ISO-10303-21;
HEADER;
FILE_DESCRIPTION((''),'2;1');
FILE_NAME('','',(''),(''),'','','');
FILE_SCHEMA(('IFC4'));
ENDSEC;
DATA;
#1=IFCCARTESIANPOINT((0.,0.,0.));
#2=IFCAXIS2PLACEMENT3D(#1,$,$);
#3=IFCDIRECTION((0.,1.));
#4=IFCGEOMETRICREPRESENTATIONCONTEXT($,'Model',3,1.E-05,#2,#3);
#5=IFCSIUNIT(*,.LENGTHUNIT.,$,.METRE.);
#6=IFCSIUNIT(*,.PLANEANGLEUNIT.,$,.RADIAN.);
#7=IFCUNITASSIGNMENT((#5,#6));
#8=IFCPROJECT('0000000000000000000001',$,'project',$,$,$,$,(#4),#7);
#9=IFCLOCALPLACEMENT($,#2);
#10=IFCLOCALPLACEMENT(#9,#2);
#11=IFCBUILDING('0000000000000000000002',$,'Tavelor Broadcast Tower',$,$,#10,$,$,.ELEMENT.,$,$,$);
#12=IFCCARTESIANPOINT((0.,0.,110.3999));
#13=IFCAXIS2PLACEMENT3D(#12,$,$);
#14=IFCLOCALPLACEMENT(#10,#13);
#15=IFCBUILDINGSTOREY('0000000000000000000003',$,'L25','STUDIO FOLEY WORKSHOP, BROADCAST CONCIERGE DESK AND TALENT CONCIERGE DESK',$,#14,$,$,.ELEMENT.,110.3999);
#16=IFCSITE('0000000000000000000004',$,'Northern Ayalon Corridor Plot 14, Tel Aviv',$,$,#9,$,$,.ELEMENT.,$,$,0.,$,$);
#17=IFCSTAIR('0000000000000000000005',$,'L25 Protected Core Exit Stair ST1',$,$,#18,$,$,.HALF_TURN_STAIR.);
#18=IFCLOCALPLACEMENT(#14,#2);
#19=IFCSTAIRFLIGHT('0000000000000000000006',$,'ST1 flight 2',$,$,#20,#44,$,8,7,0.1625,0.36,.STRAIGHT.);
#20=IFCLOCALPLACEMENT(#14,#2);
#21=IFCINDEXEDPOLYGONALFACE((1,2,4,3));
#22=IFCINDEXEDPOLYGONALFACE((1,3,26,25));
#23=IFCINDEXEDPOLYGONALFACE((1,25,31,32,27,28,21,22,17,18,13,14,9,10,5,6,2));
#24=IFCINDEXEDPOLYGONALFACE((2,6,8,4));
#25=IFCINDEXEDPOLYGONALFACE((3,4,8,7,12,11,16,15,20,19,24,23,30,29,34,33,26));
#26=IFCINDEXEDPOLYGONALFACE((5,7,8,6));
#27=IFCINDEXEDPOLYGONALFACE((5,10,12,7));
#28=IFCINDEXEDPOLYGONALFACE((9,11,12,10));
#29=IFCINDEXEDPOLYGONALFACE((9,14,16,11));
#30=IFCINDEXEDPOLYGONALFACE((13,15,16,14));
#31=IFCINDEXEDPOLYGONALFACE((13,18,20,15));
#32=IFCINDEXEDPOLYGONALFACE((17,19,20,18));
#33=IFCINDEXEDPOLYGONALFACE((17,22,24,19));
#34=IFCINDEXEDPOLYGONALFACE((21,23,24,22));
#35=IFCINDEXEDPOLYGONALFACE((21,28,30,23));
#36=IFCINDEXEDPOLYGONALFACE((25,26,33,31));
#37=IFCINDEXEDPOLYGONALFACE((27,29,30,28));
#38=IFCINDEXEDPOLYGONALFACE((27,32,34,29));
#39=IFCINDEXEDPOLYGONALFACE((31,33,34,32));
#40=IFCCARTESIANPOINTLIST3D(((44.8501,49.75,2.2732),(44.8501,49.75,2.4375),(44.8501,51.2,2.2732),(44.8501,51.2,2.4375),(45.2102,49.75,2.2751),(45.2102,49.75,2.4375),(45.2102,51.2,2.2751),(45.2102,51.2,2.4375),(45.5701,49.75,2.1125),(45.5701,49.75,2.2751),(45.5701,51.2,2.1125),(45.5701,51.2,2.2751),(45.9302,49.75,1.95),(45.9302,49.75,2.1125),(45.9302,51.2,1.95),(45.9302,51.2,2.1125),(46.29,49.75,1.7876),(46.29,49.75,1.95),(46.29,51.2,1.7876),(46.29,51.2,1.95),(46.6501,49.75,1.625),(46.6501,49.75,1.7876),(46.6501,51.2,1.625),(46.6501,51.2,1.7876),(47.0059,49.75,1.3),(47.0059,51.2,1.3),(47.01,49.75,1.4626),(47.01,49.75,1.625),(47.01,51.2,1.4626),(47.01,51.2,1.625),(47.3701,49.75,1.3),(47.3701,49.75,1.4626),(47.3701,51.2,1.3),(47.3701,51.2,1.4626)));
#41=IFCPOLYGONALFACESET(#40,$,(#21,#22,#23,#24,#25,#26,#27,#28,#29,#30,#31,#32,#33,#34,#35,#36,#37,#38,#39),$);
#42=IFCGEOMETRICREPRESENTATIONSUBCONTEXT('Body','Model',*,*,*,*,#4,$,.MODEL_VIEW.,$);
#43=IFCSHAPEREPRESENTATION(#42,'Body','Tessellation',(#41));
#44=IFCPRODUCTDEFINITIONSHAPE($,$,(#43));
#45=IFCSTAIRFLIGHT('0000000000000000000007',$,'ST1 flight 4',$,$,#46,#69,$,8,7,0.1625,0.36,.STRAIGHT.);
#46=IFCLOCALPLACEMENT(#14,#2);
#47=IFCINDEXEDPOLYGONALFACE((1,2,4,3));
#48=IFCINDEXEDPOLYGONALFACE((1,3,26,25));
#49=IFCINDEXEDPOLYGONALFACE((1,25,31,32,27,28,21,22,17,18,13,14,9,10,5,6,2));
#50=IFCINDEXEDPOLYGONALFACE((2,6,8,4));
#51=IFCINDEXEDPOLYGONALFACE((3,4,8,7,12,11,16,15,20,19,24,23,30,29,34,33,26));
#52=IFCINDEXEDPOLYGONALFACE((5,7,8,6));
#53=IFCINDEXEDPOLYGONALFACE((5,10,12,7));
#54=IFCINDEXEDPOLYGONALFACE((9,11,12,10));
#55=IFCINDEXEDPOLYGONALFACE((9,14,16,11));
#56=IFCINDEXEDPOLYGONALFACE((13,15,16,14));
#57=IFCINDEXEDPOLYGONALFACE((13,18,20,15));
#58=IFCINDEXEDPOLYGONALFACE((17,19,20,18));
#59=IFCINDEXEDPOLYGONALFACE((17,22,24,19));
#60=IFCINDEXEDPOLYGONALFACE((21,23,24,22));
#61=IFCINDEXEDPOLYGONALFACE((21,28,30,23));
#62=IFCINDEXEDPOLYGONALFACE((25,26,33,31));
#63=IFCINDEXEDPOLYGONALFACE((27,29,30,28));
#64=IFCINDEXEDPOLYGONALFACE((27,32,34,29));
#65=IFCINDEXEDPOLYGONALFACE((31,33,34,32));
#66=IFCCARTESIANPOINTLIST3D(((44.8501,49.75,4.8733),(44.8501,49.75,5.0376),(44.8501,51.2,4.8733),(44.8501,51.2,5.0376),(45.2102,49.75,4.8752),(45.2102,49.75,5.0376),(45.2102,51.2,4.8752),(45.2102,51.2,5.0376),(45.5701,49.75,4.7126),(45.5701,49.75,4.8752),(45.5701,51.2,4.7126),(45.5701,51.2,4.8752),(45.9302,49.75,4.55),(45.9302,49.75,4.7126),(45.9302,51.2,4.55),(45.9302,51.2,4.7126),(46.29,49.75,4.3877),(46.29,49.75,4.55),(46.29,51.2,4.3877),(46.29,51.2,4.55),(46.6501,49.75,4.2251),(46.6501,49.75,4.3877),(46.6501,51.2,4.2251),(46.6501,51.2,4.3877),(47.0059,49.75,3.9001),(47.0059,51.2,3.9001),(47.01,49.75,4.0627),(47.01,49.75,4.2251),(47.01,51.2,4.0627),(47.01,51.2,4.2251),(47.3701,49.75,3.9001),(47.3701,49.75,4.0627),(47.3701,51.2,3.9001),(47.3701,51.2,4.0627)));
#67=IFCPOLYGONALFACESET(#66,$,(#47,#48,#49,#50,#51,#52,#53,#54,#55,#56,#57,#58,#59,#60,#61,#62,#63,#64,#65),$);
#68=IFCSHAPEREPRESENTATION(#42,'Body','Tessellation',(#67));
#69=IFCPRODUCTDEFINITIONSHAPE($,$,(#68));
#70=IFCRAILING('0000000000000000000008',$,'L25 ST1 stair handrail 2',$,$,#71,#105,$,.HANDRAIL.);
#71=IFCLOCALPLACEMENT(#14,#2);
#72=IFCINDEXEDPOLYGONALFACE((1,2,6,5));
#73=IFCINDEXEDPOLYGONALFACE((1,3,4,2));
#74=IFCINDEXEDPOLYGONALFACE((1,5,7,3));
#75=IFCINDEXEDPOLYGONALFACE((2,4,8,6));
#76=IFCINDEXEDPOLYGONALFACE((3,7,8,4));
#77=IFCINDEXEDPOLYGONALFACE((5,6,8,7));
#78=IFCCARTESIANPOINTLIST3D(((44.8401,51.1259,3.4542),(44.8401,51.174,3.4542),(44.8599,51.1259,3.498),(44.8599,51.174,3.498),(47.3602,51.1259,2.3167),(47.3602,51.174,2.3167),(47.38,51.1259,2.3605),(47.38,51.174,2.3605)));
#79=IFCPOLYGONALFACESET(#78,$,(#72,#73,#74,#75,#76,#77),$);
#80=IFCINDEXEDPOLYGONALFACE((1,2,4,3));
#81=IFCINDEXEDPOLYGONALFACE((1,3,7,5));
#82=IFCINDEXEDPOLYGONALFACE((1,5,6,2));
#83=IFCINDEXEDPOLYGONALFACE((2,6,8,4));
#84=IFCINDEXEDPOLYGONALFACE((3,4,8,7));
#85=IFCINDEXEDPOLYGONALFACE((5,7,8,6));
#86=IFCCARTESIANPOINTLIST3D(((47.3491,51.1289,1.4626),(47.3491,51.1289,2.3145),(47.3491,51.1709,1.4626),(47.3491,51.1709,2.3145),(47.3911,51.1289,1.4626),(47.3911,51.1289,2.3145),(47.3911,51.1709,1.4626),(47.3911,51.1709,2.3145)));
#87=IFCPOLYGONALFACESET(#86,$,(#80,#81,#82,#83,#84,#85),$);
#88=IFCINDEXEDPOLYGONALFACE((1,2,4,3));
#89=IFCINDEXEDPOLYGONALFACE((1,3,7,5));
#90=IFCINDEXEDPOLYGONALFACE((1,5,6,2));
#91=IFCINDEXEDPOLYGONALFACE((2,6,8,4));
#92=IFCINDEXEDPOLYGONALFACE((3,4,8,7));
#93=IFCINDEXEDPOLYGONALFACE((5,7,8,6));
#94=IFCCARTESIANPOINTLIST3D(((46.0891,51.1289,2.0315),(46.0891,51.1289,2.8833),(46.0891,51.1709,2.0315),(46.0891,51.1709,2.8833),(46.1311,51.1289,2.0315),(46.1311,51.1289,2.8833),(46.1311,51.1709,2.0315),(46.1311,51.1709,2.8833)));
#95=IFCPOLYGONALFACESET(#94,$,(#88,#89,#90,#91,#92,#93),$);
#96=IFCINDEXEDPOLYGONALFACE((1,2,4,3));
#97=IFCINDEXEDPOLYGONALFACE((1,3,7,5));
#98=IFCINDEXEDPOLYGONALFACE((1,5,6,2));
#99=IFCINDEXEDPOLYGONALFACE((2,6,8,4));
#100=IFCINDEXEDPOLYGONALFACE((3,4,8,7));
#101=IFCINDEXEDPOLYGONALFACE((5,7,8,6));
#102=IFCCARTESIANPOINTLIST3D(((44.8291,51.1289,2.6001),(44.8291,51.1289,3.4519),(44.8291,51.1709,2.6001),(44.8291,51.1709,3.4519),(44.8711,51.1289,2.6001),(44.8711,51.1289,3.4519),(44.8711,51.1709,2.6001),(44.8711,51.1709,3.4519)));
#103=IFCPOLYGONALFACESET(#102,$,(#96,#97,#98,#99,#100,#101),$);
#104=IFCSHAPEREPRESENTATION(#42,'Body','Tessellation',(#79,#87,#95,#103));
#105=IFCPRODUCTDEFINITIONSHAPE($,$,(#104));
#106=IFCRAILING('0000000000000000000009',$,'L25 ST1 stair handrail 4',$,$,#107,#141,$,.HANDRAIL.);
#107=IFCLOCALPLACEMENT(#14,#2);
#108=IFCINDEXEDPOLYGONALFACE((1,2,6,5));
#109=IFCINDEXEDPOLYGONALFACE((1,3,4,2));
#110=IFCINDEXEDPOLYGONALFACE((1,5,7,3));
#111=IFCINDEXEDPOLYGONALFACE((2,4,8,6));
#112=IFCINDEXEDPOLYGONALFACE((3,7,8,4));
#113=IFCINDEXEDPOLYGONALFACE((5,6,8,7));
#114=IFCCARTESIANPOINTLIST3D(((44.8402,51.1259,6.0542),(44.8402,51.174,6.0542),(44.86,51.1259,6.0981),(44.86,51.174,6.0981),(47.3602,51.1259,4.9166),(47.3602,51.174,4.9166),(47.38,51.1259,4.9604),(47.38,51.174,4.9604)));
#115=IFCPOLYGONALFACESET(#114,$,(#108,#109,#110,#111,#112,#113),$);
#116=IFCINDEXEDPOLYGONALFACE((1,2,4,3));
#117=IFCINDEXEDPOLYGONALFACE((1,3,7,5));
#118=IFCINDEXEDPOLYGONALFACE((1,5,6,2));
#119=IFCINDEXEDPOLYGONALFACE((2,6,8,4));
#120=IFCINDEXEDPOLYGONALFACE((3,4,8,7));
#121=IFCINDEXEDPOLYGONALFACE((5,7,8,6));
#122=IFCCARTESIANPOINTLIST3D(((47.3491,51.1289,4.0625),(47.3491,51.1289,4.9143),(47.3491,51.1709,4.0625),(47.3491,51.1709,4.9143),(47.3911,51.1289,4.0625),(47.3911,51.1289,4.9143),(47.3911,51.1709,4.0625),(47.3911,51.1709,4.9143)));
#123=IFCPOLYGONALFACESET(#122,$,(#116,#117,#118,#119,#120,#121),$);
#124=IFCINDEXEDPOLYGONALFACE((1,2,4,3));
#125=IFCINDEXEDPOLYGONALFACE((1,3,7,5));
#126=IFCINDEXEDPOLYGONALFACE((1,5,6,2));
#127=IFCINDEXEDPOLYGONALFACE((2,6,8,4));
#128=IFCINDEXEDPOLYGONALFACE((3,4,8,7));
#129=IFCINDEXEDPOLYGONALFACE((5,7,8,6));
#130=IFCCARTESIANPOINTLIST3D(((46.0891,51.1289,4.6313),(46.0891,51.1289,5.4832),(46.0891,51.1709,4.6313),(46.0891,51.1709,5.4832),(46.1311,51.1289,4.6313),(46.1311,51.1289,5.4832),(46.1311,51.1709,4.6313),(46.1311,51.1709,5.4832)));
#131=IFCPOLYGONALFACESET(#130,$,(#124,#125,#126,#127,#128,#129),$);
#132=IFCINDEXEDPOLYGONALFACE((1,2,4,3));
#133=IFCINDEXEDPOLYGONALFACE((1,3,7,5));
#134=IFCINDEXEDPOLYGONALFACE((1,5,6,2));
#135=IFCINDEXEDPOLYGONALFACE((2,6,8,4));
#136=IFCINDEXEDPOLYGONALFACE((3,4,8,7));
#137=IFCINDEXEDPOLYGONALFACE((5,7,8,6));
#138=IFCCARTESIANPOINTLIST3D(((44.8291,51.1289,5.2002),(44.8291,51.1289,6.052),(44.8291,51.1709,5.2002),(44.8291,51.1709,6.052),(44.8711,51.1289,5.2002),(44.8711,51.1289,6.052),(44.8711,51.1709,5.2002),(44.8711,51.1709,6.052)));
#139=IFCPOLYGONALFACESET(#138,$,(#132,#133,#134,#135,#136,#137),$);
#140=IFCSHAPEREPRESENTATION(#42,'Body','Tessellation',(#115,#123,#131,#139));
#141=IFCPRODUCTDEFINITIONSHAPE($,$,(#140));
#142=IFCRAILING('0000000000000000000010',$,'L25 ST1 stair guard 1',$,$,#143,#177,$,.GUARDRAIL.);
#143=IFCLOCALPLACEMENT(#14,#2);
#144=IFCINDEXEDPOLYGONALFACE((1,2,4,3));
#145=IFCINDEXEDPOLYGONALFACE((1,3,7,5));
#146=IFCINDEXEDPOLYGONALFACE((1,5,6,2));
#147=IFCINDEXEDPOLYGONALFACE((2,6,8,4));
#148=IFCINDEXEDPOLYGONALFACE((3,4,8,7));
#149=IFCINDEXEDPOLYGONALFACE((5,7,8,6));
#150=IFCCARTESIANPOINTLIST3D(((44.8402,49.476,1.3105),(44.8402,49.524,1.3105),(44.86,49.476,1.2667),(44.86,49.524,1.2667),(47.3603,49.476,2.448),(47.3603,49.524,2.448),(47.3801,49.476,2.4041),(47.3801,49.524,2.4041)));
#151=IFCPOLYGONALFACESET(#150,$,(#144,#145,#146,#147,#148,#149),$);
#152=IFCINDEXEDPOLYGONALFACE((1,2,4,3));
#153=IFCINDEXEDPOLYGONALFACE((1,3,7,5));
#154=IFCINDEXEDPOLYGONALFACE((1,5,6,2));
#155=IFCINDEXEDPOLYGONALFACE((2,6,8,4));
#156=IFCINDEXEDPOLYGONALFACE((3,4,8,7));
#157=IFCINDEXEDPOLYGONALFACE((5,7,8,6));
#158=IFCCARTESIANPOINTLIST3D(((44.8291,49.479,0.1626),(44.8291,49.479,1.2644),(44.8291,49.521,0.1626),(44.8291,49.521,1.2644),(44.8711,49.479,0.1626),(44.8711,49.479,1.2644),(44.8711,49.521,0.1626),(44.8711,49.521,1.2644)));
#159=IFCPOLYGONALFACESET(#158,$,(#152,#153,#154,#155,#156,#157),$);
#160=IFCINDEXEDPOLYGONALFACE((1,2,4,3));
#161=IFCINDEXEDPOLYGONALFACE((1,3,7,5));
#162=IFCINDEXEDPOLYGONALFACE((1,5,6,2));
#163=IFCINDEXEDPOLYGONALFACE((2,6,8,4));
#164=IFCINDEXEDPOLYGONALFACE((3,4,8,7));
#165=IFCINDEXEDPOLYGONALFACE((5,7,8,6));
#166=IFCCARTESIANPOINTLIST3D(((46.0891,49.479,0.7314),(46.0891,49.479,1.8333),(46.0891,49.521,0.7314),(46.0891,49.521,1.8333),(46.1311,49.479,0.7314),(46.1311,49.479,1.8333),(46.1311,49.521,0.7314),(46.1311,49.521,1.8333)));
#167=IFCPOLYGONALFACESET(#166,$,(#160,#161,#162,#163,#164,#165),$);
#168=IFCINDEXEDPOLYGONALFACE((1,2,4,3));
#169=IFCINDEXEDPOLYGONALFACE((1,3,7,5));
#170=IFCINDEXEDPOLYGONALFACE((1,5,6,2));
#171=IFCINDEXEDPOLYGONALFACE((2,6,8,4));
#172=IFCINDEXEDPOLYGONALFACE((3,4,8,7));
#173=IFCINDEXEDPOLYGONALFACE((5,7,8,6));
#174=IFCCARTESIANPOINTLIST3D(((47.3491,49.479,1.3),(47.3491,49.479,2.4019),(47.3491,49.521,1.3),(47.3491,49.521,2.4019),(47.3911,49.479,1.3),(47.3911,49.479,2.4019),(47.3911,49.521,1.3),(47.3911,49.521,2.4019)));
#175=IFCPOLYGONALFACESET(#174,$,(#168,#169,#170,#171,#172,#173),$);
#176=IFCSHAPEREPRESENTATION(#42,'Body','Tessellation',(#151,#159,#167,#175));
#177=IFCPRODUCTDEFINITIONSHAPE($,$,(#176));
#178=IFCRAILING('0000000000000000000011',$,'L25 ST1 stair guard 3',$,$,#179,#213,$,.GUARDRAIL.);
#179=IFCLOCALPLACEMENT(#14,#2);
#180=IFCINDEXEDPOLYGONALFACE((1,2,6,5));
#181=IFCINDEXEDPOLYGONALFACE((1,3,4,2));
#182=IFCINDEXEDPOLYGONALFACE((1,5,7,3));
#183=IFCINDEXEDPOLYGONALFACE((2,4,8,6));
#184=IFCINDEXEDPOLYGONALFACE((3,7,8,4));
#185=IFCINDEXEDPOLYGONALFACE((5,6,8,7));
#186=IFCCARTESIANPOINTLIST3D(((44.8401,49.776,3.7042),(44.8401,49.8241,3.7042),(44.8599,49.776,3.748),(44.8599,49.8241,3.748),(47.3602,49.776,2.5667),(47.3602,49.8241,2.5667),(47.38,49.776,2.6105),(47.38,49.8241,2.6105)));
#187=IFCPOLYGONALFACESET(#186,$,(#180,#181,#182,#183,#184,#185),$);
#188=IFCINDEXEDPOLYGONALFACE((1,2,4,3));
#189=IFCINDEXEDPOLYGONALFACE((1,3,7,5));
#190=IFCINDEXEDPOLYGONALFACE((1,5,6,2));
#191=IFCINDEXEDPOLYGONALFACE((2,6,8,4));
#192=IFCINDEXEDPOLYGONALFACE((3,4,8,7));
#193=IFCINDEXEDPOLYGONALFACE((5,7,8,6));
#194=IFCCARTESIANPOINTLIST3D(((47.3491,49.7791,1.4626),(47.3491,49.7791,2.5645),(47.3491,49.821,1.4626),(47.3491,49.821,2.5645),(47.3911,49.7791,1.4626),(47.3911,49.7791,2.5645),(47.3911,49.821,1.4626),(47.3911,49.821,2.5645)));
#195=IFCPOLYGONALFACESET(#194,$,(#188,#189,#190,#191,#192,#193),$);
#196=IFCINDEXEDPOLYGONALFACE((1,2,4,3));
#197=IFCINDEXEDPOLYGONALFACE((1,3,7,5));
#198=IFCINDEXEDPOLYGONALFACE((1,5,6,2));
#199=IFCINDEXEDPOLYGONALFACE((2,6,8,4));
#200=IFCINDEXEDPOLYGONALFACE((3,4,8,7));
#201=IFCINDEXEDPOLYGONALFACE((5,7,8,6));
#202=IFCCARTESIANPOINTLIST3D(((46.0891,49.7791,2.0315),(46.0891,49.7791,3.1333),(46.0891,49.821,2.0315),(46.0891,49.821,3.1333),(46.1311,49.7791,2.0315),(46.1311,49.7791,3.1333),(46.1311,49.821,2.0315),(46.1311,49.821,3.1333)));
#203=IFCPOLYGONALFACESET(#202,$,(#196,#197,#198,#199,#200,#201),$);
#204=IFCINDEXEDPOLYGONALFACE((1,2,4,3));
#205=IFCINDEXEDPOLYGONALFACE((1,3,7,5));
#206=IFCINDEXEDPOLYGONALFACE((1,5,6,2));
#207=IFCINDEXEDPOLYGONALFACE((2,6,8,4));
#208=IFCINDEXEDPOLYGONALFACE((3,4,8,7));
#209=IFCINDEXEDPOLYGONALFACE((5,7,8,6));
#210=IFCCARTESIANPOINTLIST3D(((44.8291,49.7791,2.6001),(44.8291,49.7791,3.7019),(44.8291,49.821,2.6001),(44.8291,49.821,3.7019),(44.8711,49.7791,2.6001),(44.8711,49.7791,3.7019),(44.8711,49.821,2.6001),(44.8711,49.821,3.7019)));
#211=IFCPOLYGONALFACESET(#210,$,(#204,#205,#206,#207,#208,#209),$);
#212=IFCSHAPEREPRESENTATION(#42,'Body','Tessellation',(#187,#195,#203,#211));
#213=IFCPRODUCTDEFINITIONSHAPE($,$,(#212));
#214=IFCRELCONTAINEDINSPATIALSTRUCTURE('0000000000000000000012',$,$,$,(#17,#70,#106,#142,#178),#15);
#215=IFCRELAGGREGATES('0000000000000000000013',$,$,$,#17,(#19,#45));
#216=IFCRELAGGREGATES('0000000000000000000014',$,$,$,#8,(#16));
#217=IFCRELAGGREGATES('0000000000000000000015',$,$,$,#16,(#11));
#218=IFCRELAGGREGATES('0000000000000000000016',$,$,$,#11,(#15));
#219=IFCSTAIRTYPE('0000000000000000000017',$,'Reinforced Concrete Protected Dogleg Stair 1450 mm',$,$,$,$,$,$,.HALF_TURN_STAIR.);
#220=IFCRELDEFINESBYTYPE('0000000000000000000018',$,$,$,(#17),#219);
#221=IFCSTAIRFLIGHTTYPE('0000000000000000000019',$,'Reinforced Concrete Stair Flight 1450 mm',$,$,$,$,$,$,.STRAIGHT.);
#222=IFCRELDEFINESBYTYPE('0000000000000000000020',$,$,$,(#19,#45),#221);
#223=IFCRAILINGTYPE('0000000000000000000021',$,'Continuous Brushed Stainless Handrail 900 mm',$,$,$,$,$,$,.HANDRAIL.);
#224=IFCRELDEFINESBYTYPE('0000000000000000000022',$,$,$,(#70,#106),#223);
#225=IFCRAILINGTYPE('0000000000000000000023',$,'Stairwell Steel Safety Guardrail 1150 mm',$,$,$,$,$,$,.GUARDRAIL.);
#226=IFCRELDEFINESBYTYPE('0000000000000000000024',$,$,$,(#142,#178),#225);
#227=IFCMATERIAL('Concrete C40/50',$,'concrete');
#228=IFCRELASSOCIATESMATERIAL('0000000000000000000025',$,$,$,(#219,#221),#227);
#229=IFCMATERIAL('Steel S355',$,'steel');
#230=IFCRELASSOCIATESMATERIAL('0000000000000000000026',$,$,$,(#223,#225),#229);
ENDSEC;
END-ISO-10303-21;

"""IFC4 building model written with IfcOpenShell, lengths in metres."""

from ifc_helpers import new_model, si_unit, direction, frame, origin, origin_2d, place, context, subcontext, project, spatial, polyline, rectangle, outline, extrude, material, type_object, element, aggregate, save


model = new_model("IFC4")

# Units and contexts
model_context = context("Model", 3, precision=1e-05, world=origin(), true_north=direction((0.0, 1.0)))
body_context = subcontext(model_context, "Body", "Model", "MODEL_VIEW")
ifc_project = project(units=[si_unit("LENGTHUNIT", "METRE"), si_unit("PLANEANGLEUNIT", "RADIAN")], contexts=[model_context])

# Site, building, storey
site_placement = place(None, origin())
site = spatial("IfcSite", under=ifc_project, at=site_placement, Name="Northern Ayalon Corridor Plot 14, Tel Aviv", CompositionType="ELEMENT", RefElevation=0.0)
building_placement = place(site_placement, origin())
building = spatial("IfcBuilding", under=site, at=building_placement, Name="Tavelor Broadcast Tower", CompositionType="ELEMENT")
storey_placement = place(building_placement, frame((0.0, 0.0, 110.3999)))
storey = spatial("IfcBuildingStorey", under=building, at=storey_placement, Name="L25", Description="STUDIO FOLEY WORKSHOP, BROADCAST CONCIERGE DESK AND TALENT CONCIERGE DESK", CompositionType="ELEMENT", Elevation=110.3999)

# Shared definitions
ifc_material_1 = material(Name="Steel S355", Category="steel")

# Stair, stair flights
ifc_material_2 = material(Name="Concrete C40/50", Category="concrete")
stair_type = type_object("IfcStairType", Name="Reinforced Concrete Protected Dogleg Stair 1450 mm", PredefinedType="HALF_TURN_STAIR", material=ifc_material_2)
stair_placement = place(storey_placement, origin())
stair = element("IfcStair", 1, at=stair_placement, inside=storey, type_object=stair_type, Name="L25 Protected Core Exit Stair ST1", PredefinedType="HALF_TURN_STAIR")
stair_flight_type = type_object("IfcStairFlightType", Name="Reinforced Concrete Stair Flight 1450 mm", PredefinedType="STRAIGHT", material=ifc_material_2)
stair_flight_1_placement = place(storey_placement, frame((47.3701, 50.4751, 1.3), z_axis=(0.0, 0.0, 1.0), x_axis=(-1.0, 0.0, 0.0)))
stair_flight_1 = element("IfcStairFlight", 2, at=stair_flight_1_placement, type_object=stair_flight_type, Name="ST1 flight 2", NumberOfRisers=8, NumberOfTreads=7, PredefinedType="STRAIGHT", RiserHeight=0.1625, TreadLength=0.36, context=body_context, shape_type="SweptSolid", body=[
    extrude(outline(polyline([(0.0, 0.0), (0.0, 0.1626), (0.3601, 0.1626), (0.3601, 0.325), (0.72, 0.325), (0.72, 0.4875), (1.0801, 0.4875), (1.0801, 0.6499), (1.4399, 0.6499), (1.4399, 0.8125), (1.8, 0.8125), (1.8, 0.9751), (2.1599, 0.9751), (2.1599, 1.1375), (2.52, 1.1375), (2.52, 1.3), (2.52, 0.9731), (0.3643, 0.0), (0.0, 0.0)])), frame((0.0, 0.7251, 0.0), z_axis=(0.0, -1.0, 0.0), x_axis=(1.0, 0.0, 0.0)), (0.0, 0.0, 1.0), 1.45),
])
stair_flight_2_placement = place(storey_placement, frame((47.3701, 50.4751, 3.9001), z_axis=(0.0, 0.0, 1.0), x_axis=(-1.0, 0.0, 0.0)))
stair_flight_2 = element("IfcStairFlight", 3, at=stair_flight_2_placement, type_object=stair_flight_type, Name="ST1 flight 4", NumberOfRisers=8, NumberOfTreads=7, PredefinedType="STRAIGHT", RiserHeight=0.1625, TreadLength=0.36, context=body_context, shape_type="SweptSolid", body=[
    extrude(outline(polyline([(0.0, 0.0), (0.0, 0.1626), (0.3601, 0.1626), (0.3601, 0.325), (0.72, 0.325), (0.72, 0.4875), (1.0801, 0.4875), (1.0801, 0.6499), (1.4399, 0.6499), (1.4399, 0.8125), (1.8, 0.8125), (1.8, 0.9751), (2.1599, 0.9751), (2.1599, 1.1375), (2.52, 1.1375), (2.52, 1.3), (2.52, 0.9731), (0.3643, 0.0), (0.0, 0.0)])), frame((0.0, 0.7251, 0.0), z_axis=(0.0, -1.0, 0.0), x_axis=(1.0, 0.0, 0.0)), (0.0, 0.0, 1.0), 1.45),
])
aggregate(stair, [stair_flight_1, stair_flight_2])

# Railings
railing_type_1 = type_object("IfcRailingType", Name="Continuous Brushed Stainless Handrail 900 mm", PredefinedType="HANDRAIL", material=ifc_material_1)
railing_1_placement = place(storey_placement, frame((47.3701, 51.1499, 1.4626)))
element("IfcRailing", 4, at=railing_1_placement, inside=storey, type_object=railing_type_1, Name="L25 ST1 stair handrail 2", PredefinedType="HANDRAIL", context=body_context, shape_type="SweptSolid", body=[
    extrude(rectangle(XDim=0.0481, YDim=0.0481, at=origin_2d()), frame((0.0, 0.0, 0.876), z_axis=(-0.911455, 0.0, 0.4114), x_axis=(0.0, -1.0, 0.0)), (0.0, 0.0, 1.0), 2.7649),
    extrude(rectangle(XDim=0.042, YDim=0.042, at=origin_2d()), origin(), (0.0, 0.0, 1.0), 0.8518),
    extrude(rectangle(XDim=0.042, YDim=0.042, at=origin_2d()), frame((-1.26, 0.0, 0.5688)), (0.0, 0.0, 1.0), 0.8518),
    extrude(rectangle(XDim=0.042, YDim=0.042, at=origin_2d()), frame((-2.52, 0.0, 1.1375)), (0.0, 0.0, 1.0), 0.8518),
])
railing_2_placement = place(storey_placement, frame((47.3701, 51.1499, 4.0625)))
element("IfcRailing", 5, at=railing_2_placement, inside=storey, type_object=railing_type_1, Name="L25 ST1 stair handrail 4", PredefinedType="HANDRAIL", context=body_context, shape_type="SweptSolid", body=[
    extrude(rectangle(XDim=0.0481, YDim=0.0481, at=origin_2d()), frame((0.0, 0.0, 0.876), z_axis=(-0.911422, 0.0, 0.411473), x_axis=(0.0, -1.0, 0.0)), (0.0, 0.0, 1.0), 2.7649),
    extrude(rectangle(XDim=0.042, YDim=0.042, at=origin_2d()), origin(), (0.0, 0.0, 1.0), 0.8518),
    extrude(rectangle(XDim=0.042, YDim=0.042, at=origin_2d()), frame((-1.26, 0.0, 0.5688)), (0.0, 0.0, 1.0), 0.8518),
    extrude(rectangle(XDim=0.042, YDim=0.042, at=origin_2d()), frame((-2.52, 0.0, 1.1377)), (0.0, 0.0, 1.0), 0.8518),
])
railing_type_2 = type_object("IfcRailingType", Name="Stairwell Steel Safety Guardrail 1150 mm", PredefinedType="GUARDRAIL", material=ifc_material_1)
railing_3_placement = place(storey_placement, frame((44.8501, 49.5, 0.1626)))
element("IfcRailing", 6, at=railing_3_placement, inside=storey, type_object=railing_type_2, Name="L25 ST1 stair guard 1", PredefinedType="GUARDRAIL", context=body_context, shape_type="SweptSolid", body=[
    extrude(rectangle(XDim=0.0481, YDim=0.0481, at=origin_2d()), frame((0.0, 0.0, 1.126), z_axis=(0.911455, 0.0, 0.4114), x_axis=(0.0, 1.0, 0.0)), (0.0, 0.0, 1.0), 2.7649),
    extrude(rectangle(XDim=0.042, YDim=0.042, at=origin_2d()), origin(), (0.0, 0.0, 1.0), 1.1018),
    extrude(rectangle(XDim=0.042, YDim=0.042, at=origin_2d()), frame((1.26, 0.0, 0.5688)), (0.0, 0.0, 1.0), 1.1018),
    extrude(rectangle(XDim=0.042, YDim=0.042, at=origin_2d()), frame((2.52, 0.0, 1.1375)), (0.0, 0.0, 1.0), 1.1018),
])
railing_4_placement = place(storey_placement, frame((47.3701, 49.8, 1.4626)))
element("IfcRailing", 7, at=railing_4_placement, inside=storey, type_object=railing_type_2, Name="L25 ST1 stair guard 3", PredefinedType="GUARDRAIL", context=body_context, shape_type="SweptSolid", body=[
    extrude(rectangle(XDim=0.0481, YDim=0.0481, at=origin_2d()), frame((0.0, 0.0, 1.126), z_axis=(-0.911455, 0.0, 0.4114), x_axis=(0.0, -1.0, 0.0)), (0.0, 0.0, 1.0), 2.7649),
    extrude(rectangle(XDim=0.042, YDim=0.042, at=origin_2d()), origin(), (0.0, 0.0, 1.0), 1.1018),
    extrude(rectangle(XDim=0.042, YDim=0.042, at=origin_2d()), frame((-1.26, 0.0, 0.5688)), (0.0, 0.0, 1.0), 1.1018),
    extrude(rectangle(XDim=0.042, YDim=0.042, at=origin_2d()), frame((-2.52, 0.0, 1.1375)), (0.0, 0.0, 1.0), 1.1018),
])

save(model, "model.ifc")
